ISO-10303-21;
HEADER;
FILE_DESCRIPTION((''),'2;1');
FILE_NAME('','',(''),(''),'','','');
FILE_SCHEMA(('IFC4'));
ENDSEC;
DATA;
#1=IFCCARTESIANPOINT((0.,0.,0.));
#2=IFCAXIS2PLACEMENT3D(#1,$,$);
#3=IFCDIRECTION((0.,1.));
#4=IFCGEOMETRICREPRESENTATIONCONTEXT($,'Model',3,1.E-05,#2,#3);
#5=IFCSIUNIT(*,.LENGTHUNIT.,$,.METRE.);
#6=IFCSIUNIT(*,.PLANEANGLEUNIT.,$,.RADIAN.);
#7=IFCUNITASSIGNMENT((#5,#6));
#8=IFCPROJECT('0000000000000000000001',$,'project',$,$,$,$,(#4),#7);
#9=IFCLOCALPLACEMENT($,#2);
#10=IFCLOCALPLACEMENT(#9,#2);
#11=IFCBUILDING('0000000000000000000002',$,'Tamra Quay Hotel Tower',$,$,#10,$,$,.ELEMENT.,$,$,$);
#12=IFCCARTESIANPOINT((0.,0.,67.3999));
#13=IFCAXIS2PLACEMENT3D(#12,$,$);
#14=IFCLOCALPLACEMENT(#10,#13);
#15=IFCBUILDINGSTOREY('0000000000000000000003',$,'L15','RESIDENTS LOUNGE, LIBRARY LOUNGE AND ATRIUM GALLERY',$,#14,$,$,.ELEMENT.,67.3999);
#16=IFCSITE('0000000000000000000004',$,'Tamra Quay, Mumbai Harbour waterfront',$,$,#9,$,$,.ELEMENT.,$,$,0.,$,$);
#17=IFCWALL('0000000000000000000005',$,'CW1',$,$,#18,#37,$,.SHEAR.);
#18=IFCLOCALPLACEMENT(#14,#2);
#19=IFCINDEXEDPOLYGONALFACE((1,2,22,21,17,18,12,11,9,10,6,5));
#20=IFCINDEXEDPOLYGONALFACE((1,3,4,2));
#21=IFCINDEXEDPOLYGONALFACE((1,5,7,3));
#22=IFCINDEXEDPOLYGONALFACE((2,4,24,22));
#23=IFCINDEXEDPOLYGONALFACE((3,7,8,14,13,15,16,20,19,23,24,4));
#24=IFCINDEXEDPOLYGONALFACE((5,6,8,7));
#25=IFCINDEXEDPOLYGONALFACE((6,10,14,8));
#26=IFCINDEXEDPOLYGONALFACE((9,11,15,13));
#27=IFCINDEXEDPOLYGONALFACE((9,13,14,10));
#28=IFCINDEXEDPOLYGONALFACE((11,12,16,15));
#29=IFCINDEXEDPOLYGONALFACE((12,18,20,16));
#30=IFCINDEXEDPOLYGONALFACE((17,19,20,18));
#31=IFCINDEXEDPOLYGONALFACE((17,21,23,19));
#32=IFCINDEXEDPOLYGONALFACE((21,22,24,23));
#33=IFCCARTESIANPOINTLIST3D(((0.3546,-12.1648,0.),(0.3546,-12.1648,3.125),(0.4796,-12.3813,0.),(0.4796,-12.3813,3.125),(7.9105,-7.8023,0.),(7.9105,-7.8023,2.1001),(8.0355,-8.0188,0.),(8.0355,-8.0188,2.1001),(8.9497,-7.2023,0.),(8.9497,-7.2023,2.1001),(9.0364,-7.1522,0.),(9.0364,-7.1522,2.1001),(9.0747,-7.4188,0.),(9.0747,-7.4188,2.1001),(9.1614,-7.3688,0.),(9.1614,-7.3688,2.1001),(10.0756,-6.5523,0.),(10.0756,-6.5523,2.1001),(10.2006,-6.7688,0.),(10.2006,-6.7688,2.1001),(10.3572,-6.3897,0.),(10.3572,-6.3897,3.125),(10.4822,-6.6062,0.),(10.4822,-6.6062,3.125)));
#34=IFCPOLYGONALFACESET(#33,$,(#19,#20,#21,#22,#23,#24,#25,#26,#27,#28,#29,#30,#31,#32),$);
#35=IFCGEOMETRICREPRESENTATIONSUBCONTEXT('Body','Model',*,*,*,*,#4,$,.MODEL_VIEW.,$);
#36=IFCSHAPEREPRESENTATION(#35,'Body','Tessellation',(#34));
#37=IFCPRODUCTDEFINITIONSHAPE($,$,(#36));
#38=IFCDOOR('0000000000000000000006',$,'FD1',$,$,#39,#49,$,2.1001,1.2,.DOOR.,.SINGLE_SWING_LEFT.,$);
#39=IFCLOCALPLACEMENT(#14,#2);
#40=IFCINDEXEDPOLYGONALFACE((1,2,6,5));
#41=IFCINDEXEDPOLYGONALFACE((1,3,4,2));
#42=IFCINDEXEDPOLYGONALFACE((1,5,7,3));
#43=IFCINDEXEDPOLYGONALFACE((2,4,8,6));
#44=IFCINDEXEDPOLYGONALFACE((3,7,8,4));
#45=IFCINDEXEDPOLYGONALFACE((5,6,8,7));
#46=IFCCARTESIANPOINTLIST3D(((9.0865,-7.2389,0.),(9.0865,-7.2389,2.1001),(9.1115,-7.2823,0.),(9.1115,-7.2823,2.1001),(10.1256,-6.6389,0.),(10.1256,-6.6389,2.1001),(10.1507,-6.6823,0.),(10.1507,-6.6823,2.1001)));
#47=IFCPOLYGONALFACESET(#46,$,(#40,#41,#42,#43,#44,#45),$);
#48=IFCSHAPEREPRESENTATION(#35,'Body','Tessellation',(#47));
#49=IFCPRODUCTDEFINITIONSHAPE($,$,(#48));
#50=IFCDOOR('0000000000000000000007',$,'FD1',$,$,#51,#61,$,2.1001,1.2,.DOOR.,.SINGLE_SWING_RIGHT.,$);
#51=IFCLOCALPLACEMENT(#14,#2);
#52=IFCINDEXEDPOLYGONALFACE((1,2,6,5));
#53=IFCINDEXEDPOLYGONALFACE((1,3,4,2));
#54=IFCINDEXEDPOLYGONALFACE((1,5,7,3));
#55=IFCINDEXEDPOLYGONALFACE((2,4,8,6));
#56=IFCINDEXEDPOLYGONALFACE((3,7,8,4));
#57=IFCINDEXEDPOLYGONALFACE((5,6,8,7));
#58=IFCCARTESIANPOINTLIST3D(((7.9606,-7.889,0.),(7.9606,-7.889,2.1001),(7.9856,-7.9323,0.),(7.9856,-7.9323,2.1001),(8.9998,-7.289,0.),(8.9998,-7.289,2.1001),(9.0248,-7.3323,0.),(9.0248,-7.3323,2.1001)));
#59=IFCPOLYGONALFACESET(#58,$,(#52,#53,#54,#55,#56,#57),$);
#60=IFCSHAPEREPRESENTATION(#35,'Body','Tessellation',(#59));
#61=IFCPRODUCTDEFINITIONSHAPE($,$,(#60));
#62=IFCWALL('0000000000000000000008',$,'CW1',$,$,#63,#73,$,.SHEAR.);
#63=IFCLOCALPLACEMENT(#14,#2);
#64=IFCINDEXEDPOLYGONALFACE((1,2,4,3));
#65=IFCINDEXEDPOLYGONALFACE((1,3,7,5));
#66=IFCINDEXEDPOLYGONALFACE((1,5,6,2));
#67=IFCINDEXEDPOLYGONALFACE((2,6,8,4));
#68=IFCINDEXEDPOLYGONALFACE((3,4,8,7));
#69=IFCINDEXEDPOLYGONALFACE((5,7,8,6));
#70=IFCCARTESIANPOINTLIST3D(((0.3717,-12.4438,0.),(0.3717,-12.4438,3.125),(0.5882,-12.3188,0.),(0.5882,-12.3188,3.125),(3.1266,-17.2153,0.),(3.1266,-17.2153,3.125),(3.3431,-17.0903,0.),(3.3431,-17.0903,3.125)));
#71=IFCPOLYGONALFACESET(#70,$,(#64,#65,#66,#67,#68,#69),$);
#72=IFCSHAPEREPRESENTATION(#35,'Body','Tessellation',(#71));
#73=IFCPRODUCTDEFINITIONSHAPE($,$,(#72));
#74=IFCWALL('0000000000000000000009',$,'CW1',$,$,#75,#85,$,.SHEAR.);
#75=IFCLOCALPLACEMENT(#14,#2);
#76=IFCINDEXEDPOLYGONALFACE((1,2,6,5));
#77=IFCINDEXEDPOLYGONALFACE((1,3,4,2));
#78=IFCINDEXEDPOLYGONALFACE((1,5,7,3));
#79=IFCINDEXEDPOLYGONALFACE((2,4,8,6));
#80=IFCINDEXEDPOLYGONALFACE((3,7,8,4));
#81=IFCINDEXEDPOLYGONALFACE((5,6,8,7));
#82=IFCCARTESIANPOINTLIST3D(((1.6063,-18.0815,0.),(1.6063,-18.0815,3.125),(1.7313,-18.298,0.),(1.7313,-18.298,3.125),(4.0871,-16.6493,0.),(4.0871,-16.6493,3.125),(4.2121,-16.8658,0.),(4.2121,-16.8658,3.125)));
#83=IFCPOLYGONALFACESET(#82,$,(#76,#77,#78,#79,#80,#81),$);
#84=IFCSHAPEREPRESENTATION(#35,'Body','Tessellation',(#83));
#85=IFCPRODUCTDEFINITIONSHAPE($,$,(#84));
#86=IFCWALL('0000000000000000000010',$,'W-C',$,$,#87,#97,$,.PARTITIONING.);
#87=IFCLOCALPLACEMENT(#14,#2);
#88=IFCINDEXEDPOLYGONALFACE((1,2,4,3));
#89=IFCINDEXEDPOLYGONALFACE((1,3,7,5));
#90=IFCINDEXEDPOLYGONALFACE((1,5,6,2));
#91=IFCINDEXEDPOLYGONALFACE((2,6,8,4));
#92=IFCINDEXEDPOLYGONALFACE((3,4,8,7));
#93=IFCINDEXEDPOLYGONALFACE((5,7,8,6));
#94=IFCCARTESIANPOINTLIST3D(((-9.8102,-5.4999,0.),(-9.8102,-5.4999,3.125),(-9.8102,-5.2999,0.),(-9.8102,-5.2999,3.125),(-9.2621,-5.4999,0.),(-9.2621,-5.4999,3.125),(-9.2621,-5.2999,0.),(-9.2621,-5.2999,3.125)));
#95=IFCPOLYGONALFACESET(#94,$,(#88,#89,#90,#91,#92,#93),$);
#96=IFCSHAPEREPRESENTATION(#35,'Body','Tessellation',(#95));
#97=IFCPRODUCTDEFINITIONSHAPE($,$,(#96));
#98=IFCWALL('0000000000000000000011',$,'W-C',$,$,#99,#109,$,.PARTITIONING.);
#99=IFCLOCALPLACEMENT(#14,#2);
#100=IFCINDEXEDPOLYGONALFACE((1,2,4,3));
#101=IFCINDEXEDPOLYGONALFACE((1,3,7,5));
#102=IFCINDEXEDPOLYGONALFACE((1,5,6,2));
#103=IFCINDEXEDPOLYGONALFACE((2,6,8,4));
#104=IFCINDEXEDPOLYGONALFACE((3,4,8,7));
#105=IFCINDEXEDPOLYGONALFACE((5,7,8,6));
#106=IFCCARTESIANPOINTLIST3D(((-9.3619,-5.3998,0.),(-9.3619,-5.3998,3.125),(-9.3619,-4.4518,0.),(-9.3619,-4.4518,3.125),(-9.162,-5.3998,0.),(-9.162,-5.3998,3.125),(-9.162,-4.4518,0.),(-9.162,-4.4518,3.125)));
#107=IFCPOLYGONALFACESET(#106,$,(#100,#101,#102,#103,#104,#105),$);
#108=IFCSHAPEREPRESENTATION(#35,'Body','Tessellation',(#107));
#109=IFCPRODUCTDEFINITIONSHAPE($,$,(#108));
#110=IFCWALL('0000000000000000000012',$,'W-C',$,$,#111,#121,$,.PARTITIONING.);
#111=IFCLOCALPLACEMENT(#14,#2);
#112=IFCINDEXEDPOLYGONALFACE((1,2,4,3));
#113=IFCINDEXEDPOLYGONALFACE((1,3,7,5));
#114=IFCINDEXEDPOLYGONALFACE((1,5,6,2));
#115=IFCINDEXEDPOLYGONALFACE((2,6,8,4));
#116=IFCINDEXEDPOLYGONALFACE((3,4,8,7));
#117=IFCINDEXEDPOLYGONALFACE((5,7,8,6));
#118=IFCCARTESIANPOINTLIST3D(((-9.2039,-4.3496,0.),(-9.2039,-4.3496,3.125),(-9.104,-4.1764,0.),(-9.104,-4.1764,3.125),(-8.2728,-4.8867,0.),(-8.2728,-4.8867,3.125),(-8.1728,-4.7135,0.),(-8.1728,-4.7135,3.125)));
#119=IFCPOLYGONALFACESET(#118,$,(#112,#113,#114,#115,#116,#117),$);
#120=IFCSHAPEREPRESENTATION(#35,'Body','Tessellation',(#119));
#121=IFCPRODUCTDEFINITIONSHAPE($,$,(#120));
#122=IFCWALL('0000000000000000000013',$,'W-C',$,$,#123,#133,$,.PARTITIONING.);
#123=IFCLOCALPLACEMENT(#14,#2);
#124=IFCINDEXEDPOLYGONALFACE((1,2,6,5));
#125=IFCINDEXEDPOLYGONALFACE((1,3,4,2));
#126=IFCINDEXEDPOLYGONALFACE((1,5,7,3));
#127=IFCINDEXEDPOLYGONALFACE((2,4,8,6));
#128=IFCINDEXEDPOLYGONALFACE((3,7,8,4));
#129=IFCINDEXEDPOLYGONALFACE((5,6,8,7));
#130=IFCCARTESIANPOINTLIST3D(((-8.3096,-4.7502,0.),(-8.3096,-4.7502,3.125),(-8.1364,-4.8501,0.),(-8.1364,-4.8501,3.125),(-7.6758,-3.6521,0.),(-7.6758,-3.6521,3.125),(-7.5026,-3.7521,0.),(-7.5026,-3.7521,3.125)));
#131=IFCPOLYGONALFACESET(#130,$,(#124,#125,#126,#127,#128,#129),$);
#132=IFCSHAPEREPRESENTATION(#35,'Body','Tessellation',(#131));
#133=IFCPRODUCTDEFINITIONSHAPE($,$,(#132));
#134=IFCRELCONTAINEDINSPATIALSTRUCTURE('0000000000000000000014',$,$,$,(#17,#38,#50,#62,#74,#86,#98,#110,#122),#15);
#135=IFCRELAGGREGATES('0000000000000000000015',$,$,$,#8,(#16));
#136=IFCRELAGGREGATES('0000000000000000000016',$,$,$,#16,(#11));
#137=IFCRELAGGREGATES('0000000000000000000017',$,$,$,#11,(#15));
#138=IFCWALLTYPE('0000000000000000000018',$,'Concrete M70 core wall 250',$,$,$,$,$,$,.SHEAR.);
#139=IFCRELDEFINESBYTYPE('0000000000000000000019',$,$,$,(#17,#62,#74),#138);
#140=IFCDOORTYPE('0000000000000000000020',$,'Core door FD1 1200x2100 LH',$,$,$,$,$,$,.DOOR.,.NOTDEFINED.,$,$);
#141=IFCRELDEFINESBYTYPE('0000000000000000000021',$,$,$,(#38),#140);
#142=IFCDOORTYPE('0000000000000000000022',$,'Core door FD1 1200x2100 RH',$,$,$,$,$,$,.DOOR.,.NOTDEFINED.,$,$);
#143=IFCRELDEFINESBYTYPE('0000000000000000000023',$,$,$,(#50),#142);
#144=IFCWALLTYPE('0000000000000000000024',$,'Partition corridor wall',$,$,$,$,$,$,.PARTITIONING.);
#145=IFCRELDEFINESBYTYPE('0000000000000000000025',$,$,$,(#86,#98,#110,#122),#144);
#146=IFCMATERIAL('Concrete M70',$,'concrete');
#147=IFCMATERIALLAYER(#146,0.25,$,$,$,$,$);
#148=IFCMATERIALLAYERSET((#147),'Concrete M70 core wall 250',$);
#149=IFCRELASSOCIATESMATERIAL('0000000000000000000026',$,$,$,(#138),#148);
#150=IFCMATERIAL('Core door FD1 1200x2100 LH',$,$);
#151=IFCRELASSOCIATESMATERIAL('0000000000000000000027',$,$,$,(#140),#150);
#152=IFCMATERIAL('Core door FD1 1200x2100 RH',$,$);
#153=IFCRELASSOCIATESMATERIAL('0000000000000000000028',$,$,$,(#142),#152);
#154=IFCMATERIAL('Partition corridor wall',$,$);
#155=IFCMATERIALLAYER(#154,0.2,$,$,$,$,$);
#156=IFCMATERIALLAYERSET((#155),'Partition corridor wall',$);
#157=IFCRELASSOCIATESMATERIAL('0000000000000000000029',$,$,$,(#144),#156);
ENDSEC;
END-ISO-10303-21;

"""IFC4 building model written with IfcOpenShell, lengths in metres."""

from ifc_helpers import new_model, si_unit, direction, frame, frame_2d, origin, place, context, subcontext, project, spatial, rectangle, extrude, material, layer, layer_set, type_object, element, fill, save


model = new_model("IFC4")

# Units and contexts
model_context = context("Model", 3, precision=1e-05, world=origin(), true_north=direction((0.0, 1.0)))
body_context = subcontext(model_context, "Body", "Model", "MODEL_VIEW")
ifc_project = project(units=[si_unit("LENGTHUNIT", "METRE"), si_unit("PLANEANGLEUNIT", "RADIAN")], contexts=[model_context])

# Site, building, storey
site_placement = place(None, origin())
site = spatial("IfcSite", under=ifc_project, at=site_placement, Name="Tamra Quay, Mumbai Harbour waterfront", CompositionType="ELEMENT", RefElevation=0.0)
building_placement = place(site_placement, origin())
building = spatial("IfcBuilding", under=site, at=building_placement, Name="Tamra Quay Hotel Tower", CompositionType="ELEMENT")
storey_placement = place(building_placement, frame((0.0, 0.0, 67.3999)))
storey = spatial("IfcBuildingStorey", under=building, at=storey_placement, Name="L15", Description="RESIDENTS LOUNGE, LIBRARY LOUNGE AND ATRIUM GALLERY", CompositionType="ELEMENT", Elevation=67.3999)

# Shared definitions
ifc_material_1 = material(Name="Concrete M70", Category="concrete")

# Shared definitions
ifc_layer_1 = layer(ifc_material_1, 0.25)
ifc_layer_set_1 = layer_set([ifc_layer_1], Name="Concrete M70 core wall 250")
wall_type_1 = type_object("IfcWallType", Name="Concrete M70 core wall 250", PredefinedType="SHEAR", material=ifc_layer_set_1)

# Wall, openings, doors
wall_1_placement = place(storey_placement, frame((0.4172, -12.2729, 0.0), z_axis=(0.0, 0.0, 1.0), x_axis=(0.866022, 0.500006, 0.0)))
wall_1 = element("IfcWall", 1, at=wall_1_placement, inside=storey, type_object=wall_type_1, Name="CW1", PredefinedType="SHEAR", context=body_context, shape_type="SweptSolid", body=[
    extrude(rectangle(XDim=11.55, YDim=0.25, at=frame_2d((5.7749, 0.0))), origin(), (0.0, 0.0, 1.0), 3.125),
])
opening_1_placement = place(wall_1_placement, frame((10.0247, 0.0, 0.0)))
opening_1 = element("IfcOpeningElement", 2, at=opening_1_placement, cuts=wall_1, PredefinedType="OPENING", context=body_context, shape_type="SweptSolid", body=[
    extrude(rectangle(XDim=1.2, YDim=2.1001, at=frame_2d((0.6001, 1.05))), frame((0.0, 0.135, 0.0), z_axis=(0.0, -1.0, 0.0), x_axis=(1.0, 0.0, 0.0)), (0.0, 0.0, 1.0), 0.27),
])
opening_2_placement = place(wall_1_placement, frame((8.7246, 0.0, 0.0)))
opening_2 = element("IfcOpeningElement", 3, at=opening_2_placement, cuts=wall_1, PredefinedType="OPENING", context=body_context, shape_type="SweptSolid", body=[
    extrude(rectangle(XDim=1.2, YDim=2.1001, at=frame_2d((0.6001, 1.05))), frame((0.0, 0.135, 0.0), z_axis=(0.0, -1.0, 0.0), x_axis=(1.0, 0.0, 0.0)), (0.0, 0.0, 1.0), 0.27),
])
ifc_material_2 = material(Name="Core door FD1 1200x2100 LH")
door_type_1 = type_object("IfcDoorType", Name="Core door FD1 1200x2100 LH", OperationType="NOTDEFINED", PredefinedType="DOOR", material=ifc_material_2)
door_1_placement = place(opening_1_placement, origin())
door_1 = element("IfcDoor", 4, at=door_1_placement, inside=storey, type_object=door_type_1, Name="FD1", OperationType="SINGLE_SWING_LEFT", OverallHeight=2.1001, OverallWidth=1.2, PredefinedType="DOOR", context=body_context, shape_type="SweptSolid", body=[
    extrude(rectangle(XDim=1.2, YDim=2.1001, at=frame_2d((0.6001, 1.05))), frame((0.0, 0.0249, 0.0), z_axis=(0.0, -1.0, 0.0), x_axis=(1.0, 0.0, 0.0)), (0.0, 0.0, 1.0), 0.05),
])
fill(opening_1, door_1)
ifc_material_3 = material(Name="Core door FD1 1200x2100 RH")
door_type_2 = type_object("IfcDoorType", Name="Core door FD1 1200x2100 RH", OperationType="NOTDEFINED", PredefinedType="DOOR", material=ifc_material_3)
door_2_placement = place(opening_2_placement, origin())
door_2 = element("IfcDoor", 5, at=door_2_placement, inside=storey, type_object=door_type_2, Name="FD1", OperationType="SINGLE_SWING_RIGHT", OverallHeight=2.1001, OverallWidth=1.2, PredefinedType="DOOR", context=body_context, shape_type="SweptSolid", body=[
    extrude(rectangle(XDim=1.2, YDim=2.1001, at=frame_2d((0.6001, 1.05))), frame((0.0, 0.0249, 0.0), z_axis=(0.0, -1.0, 0.0), x_axis=(1.0, 0.0, 0.0)), (0.0, 0.0, 1.0), 0.05),
])
fill(opening_2, door_2)

# Walls
wall_2_placement = place(storey_placement, frame((3.2349, -17.1528, 0.0), z_axis=(0.0, 0.0, 1.0), x_axis=(-0.500009, 0.86602, 0.0)))
element("IfcWall", 6, at=wall_2_placement, inside=storey, type_object=wall_type_1, Name="CW1", PredefinedType="SHEAR", context=body_context, shape_type="SweptSolid", body=[
    extrude(rectangle(XDim=5.5098, YDim=0.25, at=frame_2d((2.7549, 0.0))), origin(), (0.0, 0.0, 1.0), 3.125),
])
wall_3_placement = place(storey_placement, frame((1.6689, -18.1897, 0.0), z_axis=(0.0, 0.0, 1.0), x_axis=(0.866042, 0.499971, 0.0)))
element("IfcWall", 7, at=wall_3_placement, inside=storey, type_object=wall_type_1, Name="CW1", PredefinedType="SHEAR", context=body_context, shape_type="SweptSolid", body=[
    extrude(rectangle(XDim=2.8645, YDim=0.25, at=frame_2d((1.4321, 0.0))), origin(), (0.0, 0.0, 1.0), 3.125),
])
ifc_material_4 = material(Name="Partition corridor wall")
ifc_layer_2 = layer(ifc_material_4, 0.2)
ifc_layer_set_2 = layer_set([ifc_layer_2], Name="Partition corridor wall")
wall_type_2 = type_object("IfcWallType", Name="Partition corridor wall", PredefinedType="PARTITIONING", material=ifc_layer_set_2)
wall_4_placement = place(storey_placement, frame((-9.8101, -5.3999, 0.0), z_axis=(0.0, 0.0, 1.0), x_axis=(1.0, 0.0, 0.0)))
element("IfcWall", 8, at=wall_4_placement, inside=storey, type_object=wall_type_2, Name="W-C", PredefinedType="PARTITIONING", context=body_context, shape_type="SweptSolid", body=[
    extrude(rectangle(XDim=0.5481, YDim=0.2, at=frame_2d((0.2739, 0.0))), origin(), (0.0, 0.0, 1.0), 3.125),
])
wall_5_placement = place(storey_placement, frame((-9.262, -5.3999, 0.0), z_axis=(0.0, 0.0, 1.0), x_axis=(0.0, 1.0, 0.0)))
element("IfcWall", 9, at=wall_5_placement, inside=storey, type_object=wall_type_2, Name="W-C", PredefinedType="PARTITIONING", context=body_context, shape_type="SweptSolid", body=[
    extrude(rectangle(XDim=0.948, YDim=0.2, at=frame_2d((0.4741, 0.0))), origin(), (0.0, 0.0, 1.0), 3.125),
])
wall_6_placement = place(storey_placement, frame((-9.1541, -4.2629, 0.0), z_axis=(0.0, 0.0, 1.0), x_axis=(0.866223, -0.499657, 0.0)))
element("IfcWall", 10, at=wall_6_placement, inside=storey, type_object=wall_type_2, Name="W-C", PredefinedType="PARTITIONING", context=body_context, shape_type="SweptSolid", body=[
    extrude(rectangle(XDim=1.075, YDim=0.2, at=frame_2d((0.5376, 0.0))), origin(), (0.0, 0.0, 1.0), 3.125),
])
wall_7_placement = place(storey_placement, frame((-8.2229, -4.8, 0.0), z_axis=(0.0, 0.0, 1.0), x_axis=(0.499867, 0.866102, 0.0)))
element("IfcWall", 11, at=wall_7_placement, inside=storey, type_object=wall_type_2, Name="W-C", PredefinedType="PARTITIONING", context=body_context, shape_type="SweptSolid", body=[
    extrude(rectangle(XDim=1.2678, YDim=0.2, at=frame_2d((0.6338, 0.0))), origin(), (0.0, 0.0, 1.0), 3.125),
])

save(model, "model.ifc")
